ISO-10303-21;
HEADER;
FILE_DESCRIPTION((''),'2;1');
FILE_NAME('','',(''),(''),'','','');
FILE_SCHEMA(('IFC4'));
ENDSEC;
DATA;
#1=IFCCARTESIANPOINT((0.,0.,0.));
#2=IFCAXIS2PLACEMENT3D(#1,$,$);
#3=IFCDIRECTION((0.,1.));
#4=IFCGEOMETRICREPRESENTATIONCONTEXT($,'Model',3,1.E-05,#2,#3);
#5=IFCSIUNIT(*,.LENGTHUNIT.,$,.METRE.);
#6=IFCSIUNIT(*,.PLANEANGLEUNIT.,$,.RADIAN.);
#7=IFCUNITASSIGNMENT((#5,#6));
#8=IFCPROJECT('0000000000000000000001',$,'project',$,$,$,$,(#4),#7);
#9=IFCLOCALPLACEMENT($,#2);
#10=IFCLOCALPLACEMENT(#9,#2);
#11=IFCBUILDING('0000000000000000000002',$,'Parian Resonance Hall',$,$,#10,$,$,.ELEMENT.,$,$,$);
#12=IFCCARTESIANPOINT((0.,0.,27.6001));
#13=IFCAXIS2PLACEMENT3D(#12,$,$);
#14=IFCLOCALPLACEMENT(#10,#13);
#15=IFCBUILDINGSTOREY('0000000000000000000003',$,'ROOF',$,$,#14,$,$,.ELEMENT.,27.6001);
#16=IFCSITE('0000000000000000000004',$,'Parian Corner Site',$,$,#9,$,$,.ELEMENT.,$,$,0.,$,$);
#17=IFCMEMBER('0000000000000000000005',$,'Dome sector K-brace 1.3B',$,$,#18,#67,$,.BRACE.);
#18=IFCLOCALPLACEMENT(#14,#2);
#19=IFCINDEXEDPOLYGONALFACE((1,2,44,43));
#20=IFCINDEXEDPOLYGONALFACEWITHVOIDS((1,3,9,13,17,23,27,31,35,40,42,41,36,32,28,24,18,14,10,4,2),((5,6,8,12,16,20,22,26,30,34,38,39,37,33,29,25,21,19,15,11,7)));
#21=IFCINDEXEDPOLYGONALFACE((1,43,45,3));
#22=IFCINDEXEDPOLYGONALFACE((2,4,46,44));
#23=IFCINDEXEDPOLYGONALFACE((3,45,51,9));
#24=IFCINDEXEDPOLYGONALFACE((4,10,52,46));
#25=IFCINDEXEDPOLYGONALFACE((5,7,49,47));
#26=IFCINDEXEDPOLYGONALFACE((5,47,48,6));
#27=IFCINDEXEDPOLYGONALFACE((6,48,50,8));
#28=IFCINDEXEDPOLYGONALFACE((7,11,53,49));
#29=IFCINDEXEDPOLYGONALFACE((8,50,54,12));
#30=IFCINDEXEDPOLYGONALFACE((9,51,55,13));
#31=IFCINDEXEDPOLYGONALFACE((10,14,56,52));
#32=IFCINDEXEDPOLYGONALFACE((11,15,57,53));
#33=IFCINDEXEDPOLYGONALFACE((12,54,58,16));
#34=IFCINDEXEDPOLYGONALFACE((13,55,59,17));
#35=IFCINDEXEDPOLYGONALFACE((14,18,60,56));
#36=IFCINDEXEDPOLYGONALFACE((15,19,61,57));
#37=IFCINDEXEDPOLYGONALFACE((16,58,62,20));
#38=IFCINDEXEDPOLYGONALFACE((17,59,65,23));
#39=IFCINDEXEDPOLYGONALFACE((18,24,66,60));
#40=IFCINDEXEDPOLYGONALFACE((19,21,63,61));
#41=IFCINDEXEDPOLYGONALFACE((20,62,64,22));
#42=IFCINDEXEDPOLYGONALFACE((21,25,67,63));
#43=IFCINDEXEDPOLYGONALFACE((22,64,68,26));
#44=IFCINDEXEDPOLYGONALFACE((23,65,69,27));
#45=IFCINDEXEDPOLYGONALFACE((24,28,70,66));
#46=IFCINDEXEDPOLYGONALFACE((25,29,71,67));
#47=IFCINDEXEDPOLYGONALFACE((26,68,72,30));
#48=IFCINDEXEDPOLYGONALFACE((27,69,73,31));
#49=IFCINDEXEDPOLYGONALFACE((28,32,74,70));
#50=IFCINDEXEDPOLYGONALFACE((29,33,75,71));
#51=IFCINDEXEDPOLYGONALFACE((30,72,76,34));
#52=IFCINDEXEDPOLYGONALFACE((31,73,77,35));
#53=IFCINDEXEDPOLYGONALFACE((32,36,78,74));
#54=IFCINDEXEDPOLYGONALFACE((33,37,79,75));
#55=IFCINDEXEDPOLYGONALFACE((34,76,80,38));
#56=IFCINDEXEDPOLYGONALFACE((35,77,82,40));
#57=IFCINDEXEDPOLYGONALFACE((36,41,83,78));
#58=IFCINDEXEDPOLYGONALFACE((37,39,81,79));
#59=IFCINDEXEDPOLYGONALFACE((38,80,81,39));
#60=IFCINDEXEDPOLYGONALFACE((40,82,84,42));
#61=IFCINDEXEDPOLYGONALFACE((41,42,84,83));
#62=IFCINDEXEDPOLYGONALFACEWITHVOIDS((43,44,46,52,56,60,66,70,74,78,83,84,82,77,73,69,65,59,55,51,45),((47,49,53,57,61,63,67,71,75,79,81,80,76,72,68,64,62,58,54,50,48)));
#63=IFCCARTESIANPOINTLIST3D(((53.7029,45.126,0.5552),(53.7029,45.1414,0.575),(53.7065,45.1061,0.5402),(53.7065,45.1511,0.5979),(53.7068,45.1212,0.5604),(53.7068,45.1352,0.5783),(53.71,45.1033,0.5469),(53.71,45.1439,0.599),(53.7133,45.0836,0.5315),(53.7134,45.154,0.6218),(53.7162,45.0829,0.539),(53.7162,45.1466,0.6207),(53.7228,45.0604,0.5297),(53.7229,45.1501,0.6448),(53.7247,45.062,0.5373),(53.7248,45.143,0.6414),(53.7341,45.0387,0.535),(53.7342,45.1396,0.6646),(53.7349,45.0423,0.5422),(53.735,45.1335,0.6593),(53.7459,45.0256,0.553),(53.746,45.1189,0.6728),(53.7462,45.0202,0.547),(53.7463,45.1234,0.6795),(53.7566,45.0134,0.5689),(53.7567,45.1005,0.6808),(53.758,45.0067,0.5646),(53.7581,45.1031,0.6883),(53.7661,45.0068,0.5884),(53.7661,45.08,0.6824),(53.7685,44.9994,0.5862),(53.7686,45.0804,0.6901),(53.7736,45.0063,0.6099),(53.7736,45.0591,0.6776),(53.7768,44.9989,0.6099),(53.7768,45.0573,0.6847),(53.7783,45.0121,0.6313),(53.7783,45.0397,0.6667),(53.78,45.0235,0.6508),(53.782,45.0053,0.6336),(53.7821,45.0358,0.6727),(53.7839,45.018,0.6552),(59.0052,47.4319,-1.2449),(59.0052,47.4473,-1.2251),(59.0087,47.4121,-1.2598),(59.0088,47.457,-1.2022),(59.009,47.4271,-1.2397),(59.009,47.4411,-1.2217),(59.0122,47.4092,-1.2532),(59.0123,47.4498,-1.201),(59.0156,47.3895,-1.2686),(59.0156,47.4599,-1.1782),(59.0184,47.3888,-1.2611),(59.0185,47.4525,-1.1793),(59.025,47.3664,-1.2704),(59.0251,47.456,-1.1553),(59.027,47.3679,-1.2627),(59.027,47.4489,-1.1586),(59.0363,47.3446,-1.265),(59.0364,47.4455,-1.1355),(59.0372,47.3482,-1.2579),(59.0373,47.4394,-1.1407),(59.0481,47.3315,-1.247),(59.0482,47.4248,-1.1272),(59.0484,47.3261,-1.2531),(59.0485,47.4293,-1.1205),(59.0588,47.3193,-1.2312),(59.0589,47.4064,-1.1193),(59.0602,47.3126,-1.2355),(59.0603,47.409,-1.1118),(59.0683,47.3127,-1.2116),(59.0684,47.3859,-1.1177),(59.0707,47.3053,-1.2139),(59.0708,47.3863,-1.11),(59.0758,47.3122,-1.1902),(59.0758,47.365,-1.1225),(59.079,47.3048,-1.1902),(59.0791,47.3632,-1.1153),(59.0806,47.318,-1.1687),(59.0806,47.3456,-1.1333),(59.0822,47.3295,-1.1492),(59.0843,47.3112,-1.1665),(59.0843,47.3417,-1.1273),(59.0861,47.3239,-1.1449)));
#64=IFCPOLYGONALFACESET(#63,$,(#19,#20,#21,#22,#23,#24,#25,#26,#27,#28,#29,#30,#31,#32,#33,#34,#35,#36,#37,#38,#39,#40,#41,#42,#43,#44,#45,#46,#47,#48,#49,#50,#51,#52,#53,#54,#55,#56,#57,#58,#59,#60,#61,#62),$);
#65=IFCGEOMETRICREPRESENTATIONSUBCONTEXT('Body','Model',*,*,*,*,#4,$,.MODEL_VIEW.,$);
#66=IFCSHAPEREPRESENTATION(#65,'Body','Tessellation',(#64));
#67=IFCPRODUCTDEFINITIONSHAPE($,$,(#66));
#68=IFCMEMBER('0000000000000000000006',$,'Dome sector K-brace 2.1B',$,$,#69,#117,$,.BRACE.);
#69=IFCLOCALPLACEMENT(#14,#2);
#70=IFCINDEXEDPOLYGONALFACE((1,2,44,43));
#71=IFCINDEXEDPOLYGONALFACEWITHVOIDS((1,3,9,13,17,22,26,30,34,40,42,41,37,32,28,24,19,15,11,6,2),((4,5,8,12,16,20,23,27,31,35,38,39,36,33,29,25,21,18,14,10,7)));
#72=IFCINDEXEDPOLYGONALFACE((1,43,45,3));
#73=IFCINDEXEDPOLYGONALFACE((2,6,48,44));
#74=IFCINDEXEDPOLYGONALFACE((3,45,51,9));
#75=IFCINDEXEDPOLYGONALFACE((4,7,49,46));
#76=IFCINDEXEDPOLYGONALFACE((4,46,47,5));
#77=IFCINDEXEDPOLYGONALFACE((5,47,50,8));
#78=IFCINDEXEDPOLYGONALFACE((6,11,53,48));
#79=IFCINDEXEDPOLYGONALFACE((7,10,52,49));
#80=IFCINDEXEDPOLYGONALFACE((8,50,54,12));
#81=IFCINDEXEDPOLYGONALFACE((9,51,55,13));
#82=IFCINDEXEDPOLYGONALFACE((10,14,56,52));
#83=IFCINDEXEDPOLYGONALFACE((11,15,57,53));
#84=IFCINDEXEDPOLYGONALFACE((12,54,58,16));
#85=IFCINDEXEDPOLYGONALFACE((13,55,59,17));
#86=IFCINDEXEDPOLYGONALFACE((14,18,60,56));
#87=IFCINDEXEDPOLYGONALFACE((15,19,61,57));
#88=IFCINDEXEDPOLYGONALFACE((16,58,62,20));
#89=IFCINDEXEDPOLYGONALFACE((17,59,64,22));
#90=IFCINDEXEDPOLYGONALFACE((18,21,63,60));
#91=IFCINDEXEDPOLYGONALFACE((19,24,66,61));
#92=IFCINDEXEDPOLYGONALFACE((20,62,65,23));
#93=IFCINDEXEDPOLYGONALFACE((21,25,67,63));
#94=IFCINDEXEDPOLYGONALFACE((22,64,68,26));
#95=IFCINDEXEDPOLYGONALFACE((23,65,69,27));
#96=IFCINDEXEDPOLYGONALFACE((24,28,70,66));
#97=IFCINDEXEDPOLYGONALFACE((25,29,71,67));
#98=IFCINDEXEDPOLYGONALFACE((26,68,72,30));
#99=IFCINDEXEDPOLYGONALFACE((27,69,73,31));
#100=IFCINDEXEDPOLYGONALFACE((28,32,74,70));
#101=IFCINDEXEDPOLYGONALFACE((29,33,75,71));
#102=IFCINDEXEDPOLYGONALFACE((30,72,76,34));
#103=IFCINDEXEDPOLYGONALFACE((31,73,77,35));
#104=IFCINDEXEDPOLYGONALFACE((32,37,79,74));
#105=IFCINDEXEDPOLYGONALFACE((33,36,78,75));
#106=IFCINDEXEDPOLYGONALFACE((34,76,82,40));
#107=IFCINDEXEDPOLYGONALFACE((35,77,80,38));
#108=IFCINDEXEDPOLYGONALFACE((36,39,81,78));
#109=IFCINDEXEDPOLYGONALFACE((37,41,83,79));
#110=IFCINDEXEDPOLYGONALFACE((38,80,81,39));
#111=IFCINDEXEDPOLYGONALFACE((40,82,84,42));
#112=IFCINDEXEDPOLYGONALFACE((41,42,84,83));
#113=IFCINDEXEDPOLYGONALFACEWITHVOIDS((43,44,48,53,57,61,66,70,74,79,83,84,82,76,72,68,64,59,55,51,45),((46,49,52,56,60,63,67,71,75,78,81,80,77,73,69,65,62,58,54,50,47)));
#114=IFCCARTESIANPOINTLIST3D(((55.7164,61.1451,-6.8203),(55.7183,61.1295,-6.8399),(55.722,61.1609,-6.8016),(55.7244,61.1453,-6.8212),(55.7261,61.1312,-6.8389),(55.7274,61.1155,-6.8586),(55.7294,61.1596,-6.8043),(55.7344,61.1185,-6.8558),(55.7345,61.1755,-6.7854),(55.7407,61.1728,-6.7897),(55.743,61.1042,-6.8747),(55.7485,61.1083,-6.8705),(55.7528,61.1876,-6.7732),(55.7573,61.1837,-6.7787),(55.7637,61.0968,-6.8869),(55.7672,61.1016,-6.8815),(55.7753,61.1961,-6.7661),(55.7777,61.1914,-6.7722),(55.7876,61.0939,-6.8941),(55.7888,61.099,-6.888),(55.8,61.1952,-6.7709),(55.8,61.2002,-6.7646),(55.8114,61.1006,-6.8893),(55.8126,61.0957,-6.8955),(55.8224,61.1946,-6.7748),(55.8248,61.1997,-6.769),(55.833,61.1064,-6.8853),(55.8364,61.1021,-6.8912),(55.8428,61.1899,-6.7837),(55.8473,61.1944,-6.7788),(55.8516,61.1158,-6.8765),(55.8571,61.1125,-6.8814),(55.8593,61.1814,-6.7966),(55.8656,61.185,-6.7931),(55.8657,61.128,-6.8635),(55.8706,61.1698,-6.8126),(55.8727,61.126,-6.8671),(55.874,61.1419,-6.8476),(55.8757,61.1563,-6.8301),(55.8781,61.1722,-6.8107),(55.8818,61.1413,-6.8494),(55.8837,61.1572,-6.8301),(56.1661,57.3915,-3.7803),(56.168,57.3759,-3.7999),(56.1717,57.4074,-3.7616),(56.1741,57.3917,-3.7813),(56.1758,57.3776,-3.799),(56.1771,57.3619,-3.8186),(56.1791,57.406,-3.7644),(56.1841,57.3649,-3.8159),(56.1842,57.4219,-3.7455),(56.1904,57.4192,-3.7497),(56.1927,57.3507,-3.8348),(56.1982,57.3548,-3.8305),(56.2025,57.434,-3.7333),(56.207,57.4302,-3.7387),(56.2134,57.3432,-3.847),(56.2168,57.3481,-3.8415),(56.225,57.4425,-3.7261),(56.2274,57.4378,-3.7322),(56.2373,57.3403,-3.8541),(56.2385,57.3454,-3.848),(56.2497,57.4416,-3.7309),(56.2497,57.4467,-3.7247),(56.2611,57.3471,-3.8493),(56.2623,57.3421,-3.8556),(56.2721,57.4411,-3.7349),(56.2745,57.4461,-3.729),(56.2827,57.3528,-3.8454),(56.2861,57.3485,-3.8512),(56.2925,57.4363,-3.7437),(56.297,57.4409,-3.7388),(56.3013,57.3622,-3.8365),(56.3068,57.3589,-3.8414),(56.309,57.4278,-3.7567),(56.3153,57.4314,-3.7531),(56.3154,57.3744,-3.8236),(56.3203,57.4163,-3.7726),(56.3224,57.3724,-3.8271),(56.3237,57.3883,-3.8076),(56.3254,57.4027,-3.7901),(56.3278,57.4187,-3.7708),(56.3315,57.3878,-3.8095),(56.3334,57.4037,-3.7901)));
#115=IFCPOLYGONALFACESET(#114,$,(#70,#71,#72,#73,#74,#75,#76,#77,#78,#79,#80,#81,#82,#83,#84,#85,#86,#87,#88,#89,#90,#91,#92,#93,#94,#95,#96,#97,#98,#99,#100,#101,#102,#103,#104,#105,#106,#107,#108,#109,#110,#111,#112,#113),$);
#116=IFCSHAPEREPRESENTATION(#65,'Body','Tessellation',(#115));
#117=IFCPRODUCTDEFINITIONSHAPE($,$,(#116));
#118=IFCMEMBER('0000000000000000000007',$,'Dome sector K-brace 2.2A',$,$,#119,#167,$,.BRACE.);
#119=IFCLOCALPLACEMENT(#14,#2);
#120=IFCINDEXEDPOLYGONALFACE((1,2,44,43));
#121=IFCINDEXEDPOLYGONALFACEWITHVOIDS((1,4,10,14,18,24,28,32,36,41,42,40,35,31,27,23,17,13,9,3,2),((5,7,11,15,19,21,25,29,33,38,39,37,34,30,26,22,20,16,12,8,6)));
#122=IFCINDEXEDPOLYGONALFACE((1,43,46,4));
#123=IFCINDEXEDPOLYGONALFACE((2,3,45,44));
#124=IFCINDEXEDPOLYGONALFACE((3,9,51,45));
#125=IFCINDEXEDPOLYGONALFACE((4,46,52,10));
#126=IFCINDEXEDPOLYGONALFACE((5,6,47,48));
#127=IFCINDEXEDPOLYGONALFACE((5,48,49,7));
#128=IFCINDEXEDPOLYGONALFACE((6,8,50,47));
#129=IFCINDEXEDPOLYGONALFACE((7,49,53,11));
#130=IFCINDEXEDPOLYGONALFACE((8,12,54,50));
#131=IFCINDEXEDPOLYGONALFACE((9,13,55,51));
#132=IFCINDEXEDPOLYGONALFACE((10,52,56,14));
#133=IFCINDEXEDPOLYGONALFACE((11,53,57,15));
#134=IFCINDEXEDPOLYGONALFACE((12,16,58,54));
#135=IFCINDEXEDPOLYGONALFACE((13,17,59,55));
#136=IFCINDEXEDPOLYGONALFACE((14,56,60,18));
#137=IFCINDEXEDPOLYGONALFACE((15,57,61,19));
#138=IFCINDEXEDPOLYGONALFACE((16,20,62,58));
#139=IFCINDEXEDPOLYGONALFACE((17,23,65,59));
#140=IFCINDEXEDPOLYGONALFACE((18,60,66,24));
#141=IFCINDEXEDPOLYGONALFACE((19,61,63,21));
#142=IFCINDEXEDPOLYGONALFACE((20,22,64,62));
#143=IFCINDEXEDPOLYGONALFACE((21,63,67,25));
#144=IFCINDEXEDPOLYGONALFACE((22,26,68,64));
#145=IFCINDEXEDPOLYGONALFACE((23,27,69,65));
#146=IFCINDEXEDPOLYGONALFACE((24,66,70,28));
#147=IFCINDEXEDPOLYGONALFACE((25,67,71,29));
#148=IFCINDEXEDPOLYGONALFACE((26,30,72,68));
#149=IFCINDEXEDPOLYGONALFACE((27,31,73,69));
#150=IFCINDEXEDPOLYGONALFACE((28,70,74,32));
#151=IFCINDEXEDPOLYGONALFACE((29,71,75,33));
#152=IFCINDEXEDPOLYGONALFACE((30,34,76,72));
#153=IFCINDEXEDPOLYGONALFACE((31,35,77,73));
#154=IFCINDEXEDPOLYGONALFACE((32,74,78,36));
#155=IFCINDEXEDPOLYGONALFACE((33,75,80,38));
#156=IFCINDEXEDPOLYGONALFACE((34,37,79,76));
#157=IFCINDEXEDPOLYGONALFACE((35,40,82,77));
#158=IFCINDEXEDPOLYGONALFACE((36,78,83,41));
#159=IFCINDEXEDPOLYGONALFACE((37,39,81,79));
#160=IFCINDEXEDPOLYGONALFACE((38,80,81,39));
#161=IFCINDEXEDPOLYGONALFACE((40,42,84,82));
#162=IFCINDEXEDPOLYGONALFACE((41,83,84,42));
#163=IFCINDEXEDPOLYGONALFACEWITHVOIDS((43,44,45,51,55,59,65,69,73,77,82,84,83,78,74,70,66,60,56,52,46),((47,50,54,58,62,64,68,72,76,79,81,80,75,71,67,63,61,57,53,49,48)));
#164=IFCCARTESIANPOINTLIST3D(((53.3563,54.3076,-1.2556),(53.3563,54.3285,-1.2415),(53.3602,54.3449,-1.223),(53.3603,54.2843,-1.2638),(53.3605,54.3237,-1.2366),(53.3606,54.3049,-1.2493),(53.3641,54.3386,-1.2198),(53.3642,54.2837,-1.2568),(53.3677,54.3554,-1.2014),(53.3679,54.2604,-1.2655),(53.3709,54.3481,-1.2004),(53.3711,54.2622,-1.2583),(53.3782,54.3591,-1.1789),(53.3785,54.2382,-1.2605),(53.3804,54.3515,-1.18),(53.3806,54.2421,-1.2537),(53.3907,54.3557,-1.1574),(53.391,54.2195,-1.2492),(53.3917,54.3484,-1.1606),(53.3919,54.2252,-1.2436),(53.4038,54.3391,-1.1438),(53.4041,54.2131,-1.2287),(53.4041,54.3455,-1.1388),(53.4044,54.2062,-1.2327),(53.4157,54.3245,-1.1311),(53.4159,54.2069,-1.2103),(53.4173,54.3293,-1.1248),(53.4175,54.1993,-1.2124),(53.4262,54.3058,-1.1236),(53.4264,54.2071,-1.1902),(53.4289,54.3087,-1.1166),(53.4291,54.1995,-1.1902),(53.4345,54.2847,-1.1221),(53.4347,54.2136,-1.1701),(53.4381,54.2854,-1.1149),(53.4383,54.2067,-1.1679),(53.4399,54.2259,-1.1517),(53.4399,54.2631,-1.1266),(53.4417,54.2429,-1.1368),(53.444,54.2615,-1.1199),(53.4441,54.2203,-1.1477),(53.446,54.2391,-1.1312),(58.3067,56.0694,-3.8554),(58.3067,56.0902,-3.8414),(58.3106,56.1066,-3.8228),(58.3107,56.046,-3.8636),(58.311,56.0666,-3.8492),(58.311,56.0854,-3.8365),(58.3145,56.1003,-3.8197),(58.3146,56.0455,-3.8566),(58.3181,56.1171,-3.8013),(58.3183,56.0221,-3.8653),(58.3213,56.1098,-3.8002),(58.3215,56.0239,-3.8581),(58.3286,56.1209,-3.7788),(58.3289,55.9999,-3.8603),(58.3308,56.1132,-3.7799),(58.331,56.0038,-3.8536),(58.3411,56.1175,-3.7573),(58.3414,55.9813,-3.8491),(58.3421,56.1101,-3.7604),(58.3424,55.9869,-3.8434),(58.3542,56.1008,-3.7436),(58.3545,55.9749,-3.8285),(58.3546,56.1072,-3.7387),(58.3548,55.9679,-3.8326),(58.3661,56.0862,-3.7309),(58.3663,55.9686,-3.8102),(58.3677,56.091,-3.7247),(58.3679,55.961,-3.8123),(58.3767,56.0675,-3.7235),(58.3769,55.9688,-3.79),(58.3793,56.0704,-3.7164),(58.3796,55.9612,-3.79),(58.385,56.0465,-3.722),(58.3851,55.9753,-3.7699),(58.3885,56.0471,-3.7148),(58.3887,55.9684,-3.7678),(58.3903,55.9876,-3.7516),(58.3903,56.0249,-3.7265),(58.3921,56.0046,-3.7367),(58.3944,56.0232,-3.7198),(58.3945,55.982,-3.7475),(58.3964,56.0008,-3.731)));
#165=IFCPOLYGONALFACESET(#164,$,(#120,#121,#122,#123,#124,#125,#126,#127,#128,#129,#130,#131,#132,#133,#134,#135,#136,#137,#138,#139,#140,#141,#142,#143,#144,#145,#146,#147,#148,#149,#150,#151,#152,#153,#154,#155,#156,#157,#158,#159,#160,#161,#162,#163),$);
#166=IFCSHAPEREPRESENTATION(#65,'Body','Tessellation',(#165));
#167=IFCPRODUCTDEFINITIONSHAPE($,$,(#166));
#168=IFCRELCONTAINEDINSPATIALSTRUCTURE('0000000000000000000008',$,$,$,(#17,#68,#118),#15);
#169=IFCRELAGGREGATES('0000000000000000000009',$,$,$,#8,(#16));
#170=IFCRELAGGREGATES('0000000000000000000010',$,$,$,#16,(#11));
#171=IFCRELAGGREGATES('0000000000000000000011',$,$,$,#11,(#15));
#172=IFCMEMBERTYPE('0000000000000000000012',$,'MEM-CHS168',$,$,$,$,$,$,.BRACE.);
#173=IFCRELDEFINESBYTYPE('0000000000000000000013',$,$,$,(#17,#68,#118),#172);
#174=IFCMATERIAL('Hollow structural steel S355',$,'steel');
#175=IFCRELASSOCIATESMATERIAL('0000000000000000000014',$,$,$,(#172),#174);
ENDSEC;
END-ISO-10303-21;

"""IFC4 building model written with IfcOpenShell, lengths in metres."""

from ifc_helpers import new_model, si_unit, direction, frame, origin, origin_2d, place, context, subcontext, project, spatial, hollow_circle, extrude, material, material_profile, profile_set, type_object, element, save


model = new_model("IFC4")

# Units and contexts
model_context = context("Model", 3, precision=1e-05, world=origin(), true_north=direction((0.0, 1.0)))
body_context = subcontext(model_context, "Body", "Model", "MODEL_VIEW")
ifc_project = project(units=[si_unit("LENGTHUNIT", "METRE"), si_unit("PLANEANGLEUNIT", "RADIAN")], contexts=[model_context])

# Site, building, storey
site_placement = place(None, origin())
site = spatial("IfcSite", under=ifc_project, at=site_placement, Name="Parian Corner Site", CompositionType="ELEMENT", RefElevation=0.0)
building_placement = place(site_placement, origin())
building = spatial("IfcBuilding", under=site, at=building_placement, Name="Parian Resonance Hall", CompositionType="ELEMENT")
storey_placement = place(building_placement, frame((0.0, 0.0, 27.6001)))
storey = spatial("IfcBuildingStorey", under=building, at=storey_placement, Name="ROOF", CompositionType="ELEMENT", Elevation=27.6001)

# Members
ifc_material_1 = material(Name="Hollow structural steel S355", Category="steel")
ifc_material_profile_1 = material_profile(ifc_material_1, hollow_circle(Radius=0.0842, WallThickness=0.0081, at=origin_2d()), Name="CHS168.3x8")
ifc_profile_set_1 = profile_set([ifc_material_profile_1], Name="Hollow structural steel S355")
member_type_1 = type_object("IfcMemberType", Name="MEM-CHS168", PredefinedType="BRACE", material=ifc_profile_set_1)
member_1_placement = place(storey_placement, frame((59.0454, 47.3821, -1.1902), z_axis=(-0.875583, -0.380785, 0.29725), x_axis=(0.398811, -0.917033, 0.0)))
element("IfcMember", 1, at=member_1_placement, inside=storey, type_object=member_type_1, Name="Dome sector K-brace 1.3B", PredefinedType="BRACE", context=body_context, shape_type="SweptSolid", body=[
    extrude(hollow_circle(Radius=0.0842, WallThickness=0.0081, at=origin_2d()), origin(), (0.0, 0.0, 1.0), 6.0557),
])
member_2_placement = place(storey_placement, frame((55.8, 61.1472, -6.8301), z_axis=(0.0927, -0.773761, 0.626658), x_axis=(0.9929, 0.118954, 0.0)))
element("IfcMember", 2, at=member_2_placement, inside=storey, type_object=member_type_1, Name="Dome sector K-brace 2.1B", PredefinedType="BRACE", context=body_context, shape_type="SweptSolid", body=[
    extrude(hollow_circle(Radius=0.0842, WallThickness=0.0081, at=origin_2d()), origin(), (0.0, 0.0, 1.0), 4.8511),
])
member_3_placement = place(storey_placement, frame((58.3513, 56.0405, -3.79), z_axis=(-0.844414, -0.300503, 0.443466), x_axis=(0.335274, -0.942121, 0.0)))
element("IfcMember", 3, at=member_3_placement, inside=storey, type_object=member_type_1, Name="Dome sector K-brace 2.2A", PredefinedType="BRACE", context=body_context, shape_type="SweptSolid", body=[
    extrude(hollow_circle(Radius=0.0842, WallThickness=0.0081, at=origin_2d()), origin(), (0.0, 0.0, 1.0), 5.8625),
])

save(model, "model.ifc")
